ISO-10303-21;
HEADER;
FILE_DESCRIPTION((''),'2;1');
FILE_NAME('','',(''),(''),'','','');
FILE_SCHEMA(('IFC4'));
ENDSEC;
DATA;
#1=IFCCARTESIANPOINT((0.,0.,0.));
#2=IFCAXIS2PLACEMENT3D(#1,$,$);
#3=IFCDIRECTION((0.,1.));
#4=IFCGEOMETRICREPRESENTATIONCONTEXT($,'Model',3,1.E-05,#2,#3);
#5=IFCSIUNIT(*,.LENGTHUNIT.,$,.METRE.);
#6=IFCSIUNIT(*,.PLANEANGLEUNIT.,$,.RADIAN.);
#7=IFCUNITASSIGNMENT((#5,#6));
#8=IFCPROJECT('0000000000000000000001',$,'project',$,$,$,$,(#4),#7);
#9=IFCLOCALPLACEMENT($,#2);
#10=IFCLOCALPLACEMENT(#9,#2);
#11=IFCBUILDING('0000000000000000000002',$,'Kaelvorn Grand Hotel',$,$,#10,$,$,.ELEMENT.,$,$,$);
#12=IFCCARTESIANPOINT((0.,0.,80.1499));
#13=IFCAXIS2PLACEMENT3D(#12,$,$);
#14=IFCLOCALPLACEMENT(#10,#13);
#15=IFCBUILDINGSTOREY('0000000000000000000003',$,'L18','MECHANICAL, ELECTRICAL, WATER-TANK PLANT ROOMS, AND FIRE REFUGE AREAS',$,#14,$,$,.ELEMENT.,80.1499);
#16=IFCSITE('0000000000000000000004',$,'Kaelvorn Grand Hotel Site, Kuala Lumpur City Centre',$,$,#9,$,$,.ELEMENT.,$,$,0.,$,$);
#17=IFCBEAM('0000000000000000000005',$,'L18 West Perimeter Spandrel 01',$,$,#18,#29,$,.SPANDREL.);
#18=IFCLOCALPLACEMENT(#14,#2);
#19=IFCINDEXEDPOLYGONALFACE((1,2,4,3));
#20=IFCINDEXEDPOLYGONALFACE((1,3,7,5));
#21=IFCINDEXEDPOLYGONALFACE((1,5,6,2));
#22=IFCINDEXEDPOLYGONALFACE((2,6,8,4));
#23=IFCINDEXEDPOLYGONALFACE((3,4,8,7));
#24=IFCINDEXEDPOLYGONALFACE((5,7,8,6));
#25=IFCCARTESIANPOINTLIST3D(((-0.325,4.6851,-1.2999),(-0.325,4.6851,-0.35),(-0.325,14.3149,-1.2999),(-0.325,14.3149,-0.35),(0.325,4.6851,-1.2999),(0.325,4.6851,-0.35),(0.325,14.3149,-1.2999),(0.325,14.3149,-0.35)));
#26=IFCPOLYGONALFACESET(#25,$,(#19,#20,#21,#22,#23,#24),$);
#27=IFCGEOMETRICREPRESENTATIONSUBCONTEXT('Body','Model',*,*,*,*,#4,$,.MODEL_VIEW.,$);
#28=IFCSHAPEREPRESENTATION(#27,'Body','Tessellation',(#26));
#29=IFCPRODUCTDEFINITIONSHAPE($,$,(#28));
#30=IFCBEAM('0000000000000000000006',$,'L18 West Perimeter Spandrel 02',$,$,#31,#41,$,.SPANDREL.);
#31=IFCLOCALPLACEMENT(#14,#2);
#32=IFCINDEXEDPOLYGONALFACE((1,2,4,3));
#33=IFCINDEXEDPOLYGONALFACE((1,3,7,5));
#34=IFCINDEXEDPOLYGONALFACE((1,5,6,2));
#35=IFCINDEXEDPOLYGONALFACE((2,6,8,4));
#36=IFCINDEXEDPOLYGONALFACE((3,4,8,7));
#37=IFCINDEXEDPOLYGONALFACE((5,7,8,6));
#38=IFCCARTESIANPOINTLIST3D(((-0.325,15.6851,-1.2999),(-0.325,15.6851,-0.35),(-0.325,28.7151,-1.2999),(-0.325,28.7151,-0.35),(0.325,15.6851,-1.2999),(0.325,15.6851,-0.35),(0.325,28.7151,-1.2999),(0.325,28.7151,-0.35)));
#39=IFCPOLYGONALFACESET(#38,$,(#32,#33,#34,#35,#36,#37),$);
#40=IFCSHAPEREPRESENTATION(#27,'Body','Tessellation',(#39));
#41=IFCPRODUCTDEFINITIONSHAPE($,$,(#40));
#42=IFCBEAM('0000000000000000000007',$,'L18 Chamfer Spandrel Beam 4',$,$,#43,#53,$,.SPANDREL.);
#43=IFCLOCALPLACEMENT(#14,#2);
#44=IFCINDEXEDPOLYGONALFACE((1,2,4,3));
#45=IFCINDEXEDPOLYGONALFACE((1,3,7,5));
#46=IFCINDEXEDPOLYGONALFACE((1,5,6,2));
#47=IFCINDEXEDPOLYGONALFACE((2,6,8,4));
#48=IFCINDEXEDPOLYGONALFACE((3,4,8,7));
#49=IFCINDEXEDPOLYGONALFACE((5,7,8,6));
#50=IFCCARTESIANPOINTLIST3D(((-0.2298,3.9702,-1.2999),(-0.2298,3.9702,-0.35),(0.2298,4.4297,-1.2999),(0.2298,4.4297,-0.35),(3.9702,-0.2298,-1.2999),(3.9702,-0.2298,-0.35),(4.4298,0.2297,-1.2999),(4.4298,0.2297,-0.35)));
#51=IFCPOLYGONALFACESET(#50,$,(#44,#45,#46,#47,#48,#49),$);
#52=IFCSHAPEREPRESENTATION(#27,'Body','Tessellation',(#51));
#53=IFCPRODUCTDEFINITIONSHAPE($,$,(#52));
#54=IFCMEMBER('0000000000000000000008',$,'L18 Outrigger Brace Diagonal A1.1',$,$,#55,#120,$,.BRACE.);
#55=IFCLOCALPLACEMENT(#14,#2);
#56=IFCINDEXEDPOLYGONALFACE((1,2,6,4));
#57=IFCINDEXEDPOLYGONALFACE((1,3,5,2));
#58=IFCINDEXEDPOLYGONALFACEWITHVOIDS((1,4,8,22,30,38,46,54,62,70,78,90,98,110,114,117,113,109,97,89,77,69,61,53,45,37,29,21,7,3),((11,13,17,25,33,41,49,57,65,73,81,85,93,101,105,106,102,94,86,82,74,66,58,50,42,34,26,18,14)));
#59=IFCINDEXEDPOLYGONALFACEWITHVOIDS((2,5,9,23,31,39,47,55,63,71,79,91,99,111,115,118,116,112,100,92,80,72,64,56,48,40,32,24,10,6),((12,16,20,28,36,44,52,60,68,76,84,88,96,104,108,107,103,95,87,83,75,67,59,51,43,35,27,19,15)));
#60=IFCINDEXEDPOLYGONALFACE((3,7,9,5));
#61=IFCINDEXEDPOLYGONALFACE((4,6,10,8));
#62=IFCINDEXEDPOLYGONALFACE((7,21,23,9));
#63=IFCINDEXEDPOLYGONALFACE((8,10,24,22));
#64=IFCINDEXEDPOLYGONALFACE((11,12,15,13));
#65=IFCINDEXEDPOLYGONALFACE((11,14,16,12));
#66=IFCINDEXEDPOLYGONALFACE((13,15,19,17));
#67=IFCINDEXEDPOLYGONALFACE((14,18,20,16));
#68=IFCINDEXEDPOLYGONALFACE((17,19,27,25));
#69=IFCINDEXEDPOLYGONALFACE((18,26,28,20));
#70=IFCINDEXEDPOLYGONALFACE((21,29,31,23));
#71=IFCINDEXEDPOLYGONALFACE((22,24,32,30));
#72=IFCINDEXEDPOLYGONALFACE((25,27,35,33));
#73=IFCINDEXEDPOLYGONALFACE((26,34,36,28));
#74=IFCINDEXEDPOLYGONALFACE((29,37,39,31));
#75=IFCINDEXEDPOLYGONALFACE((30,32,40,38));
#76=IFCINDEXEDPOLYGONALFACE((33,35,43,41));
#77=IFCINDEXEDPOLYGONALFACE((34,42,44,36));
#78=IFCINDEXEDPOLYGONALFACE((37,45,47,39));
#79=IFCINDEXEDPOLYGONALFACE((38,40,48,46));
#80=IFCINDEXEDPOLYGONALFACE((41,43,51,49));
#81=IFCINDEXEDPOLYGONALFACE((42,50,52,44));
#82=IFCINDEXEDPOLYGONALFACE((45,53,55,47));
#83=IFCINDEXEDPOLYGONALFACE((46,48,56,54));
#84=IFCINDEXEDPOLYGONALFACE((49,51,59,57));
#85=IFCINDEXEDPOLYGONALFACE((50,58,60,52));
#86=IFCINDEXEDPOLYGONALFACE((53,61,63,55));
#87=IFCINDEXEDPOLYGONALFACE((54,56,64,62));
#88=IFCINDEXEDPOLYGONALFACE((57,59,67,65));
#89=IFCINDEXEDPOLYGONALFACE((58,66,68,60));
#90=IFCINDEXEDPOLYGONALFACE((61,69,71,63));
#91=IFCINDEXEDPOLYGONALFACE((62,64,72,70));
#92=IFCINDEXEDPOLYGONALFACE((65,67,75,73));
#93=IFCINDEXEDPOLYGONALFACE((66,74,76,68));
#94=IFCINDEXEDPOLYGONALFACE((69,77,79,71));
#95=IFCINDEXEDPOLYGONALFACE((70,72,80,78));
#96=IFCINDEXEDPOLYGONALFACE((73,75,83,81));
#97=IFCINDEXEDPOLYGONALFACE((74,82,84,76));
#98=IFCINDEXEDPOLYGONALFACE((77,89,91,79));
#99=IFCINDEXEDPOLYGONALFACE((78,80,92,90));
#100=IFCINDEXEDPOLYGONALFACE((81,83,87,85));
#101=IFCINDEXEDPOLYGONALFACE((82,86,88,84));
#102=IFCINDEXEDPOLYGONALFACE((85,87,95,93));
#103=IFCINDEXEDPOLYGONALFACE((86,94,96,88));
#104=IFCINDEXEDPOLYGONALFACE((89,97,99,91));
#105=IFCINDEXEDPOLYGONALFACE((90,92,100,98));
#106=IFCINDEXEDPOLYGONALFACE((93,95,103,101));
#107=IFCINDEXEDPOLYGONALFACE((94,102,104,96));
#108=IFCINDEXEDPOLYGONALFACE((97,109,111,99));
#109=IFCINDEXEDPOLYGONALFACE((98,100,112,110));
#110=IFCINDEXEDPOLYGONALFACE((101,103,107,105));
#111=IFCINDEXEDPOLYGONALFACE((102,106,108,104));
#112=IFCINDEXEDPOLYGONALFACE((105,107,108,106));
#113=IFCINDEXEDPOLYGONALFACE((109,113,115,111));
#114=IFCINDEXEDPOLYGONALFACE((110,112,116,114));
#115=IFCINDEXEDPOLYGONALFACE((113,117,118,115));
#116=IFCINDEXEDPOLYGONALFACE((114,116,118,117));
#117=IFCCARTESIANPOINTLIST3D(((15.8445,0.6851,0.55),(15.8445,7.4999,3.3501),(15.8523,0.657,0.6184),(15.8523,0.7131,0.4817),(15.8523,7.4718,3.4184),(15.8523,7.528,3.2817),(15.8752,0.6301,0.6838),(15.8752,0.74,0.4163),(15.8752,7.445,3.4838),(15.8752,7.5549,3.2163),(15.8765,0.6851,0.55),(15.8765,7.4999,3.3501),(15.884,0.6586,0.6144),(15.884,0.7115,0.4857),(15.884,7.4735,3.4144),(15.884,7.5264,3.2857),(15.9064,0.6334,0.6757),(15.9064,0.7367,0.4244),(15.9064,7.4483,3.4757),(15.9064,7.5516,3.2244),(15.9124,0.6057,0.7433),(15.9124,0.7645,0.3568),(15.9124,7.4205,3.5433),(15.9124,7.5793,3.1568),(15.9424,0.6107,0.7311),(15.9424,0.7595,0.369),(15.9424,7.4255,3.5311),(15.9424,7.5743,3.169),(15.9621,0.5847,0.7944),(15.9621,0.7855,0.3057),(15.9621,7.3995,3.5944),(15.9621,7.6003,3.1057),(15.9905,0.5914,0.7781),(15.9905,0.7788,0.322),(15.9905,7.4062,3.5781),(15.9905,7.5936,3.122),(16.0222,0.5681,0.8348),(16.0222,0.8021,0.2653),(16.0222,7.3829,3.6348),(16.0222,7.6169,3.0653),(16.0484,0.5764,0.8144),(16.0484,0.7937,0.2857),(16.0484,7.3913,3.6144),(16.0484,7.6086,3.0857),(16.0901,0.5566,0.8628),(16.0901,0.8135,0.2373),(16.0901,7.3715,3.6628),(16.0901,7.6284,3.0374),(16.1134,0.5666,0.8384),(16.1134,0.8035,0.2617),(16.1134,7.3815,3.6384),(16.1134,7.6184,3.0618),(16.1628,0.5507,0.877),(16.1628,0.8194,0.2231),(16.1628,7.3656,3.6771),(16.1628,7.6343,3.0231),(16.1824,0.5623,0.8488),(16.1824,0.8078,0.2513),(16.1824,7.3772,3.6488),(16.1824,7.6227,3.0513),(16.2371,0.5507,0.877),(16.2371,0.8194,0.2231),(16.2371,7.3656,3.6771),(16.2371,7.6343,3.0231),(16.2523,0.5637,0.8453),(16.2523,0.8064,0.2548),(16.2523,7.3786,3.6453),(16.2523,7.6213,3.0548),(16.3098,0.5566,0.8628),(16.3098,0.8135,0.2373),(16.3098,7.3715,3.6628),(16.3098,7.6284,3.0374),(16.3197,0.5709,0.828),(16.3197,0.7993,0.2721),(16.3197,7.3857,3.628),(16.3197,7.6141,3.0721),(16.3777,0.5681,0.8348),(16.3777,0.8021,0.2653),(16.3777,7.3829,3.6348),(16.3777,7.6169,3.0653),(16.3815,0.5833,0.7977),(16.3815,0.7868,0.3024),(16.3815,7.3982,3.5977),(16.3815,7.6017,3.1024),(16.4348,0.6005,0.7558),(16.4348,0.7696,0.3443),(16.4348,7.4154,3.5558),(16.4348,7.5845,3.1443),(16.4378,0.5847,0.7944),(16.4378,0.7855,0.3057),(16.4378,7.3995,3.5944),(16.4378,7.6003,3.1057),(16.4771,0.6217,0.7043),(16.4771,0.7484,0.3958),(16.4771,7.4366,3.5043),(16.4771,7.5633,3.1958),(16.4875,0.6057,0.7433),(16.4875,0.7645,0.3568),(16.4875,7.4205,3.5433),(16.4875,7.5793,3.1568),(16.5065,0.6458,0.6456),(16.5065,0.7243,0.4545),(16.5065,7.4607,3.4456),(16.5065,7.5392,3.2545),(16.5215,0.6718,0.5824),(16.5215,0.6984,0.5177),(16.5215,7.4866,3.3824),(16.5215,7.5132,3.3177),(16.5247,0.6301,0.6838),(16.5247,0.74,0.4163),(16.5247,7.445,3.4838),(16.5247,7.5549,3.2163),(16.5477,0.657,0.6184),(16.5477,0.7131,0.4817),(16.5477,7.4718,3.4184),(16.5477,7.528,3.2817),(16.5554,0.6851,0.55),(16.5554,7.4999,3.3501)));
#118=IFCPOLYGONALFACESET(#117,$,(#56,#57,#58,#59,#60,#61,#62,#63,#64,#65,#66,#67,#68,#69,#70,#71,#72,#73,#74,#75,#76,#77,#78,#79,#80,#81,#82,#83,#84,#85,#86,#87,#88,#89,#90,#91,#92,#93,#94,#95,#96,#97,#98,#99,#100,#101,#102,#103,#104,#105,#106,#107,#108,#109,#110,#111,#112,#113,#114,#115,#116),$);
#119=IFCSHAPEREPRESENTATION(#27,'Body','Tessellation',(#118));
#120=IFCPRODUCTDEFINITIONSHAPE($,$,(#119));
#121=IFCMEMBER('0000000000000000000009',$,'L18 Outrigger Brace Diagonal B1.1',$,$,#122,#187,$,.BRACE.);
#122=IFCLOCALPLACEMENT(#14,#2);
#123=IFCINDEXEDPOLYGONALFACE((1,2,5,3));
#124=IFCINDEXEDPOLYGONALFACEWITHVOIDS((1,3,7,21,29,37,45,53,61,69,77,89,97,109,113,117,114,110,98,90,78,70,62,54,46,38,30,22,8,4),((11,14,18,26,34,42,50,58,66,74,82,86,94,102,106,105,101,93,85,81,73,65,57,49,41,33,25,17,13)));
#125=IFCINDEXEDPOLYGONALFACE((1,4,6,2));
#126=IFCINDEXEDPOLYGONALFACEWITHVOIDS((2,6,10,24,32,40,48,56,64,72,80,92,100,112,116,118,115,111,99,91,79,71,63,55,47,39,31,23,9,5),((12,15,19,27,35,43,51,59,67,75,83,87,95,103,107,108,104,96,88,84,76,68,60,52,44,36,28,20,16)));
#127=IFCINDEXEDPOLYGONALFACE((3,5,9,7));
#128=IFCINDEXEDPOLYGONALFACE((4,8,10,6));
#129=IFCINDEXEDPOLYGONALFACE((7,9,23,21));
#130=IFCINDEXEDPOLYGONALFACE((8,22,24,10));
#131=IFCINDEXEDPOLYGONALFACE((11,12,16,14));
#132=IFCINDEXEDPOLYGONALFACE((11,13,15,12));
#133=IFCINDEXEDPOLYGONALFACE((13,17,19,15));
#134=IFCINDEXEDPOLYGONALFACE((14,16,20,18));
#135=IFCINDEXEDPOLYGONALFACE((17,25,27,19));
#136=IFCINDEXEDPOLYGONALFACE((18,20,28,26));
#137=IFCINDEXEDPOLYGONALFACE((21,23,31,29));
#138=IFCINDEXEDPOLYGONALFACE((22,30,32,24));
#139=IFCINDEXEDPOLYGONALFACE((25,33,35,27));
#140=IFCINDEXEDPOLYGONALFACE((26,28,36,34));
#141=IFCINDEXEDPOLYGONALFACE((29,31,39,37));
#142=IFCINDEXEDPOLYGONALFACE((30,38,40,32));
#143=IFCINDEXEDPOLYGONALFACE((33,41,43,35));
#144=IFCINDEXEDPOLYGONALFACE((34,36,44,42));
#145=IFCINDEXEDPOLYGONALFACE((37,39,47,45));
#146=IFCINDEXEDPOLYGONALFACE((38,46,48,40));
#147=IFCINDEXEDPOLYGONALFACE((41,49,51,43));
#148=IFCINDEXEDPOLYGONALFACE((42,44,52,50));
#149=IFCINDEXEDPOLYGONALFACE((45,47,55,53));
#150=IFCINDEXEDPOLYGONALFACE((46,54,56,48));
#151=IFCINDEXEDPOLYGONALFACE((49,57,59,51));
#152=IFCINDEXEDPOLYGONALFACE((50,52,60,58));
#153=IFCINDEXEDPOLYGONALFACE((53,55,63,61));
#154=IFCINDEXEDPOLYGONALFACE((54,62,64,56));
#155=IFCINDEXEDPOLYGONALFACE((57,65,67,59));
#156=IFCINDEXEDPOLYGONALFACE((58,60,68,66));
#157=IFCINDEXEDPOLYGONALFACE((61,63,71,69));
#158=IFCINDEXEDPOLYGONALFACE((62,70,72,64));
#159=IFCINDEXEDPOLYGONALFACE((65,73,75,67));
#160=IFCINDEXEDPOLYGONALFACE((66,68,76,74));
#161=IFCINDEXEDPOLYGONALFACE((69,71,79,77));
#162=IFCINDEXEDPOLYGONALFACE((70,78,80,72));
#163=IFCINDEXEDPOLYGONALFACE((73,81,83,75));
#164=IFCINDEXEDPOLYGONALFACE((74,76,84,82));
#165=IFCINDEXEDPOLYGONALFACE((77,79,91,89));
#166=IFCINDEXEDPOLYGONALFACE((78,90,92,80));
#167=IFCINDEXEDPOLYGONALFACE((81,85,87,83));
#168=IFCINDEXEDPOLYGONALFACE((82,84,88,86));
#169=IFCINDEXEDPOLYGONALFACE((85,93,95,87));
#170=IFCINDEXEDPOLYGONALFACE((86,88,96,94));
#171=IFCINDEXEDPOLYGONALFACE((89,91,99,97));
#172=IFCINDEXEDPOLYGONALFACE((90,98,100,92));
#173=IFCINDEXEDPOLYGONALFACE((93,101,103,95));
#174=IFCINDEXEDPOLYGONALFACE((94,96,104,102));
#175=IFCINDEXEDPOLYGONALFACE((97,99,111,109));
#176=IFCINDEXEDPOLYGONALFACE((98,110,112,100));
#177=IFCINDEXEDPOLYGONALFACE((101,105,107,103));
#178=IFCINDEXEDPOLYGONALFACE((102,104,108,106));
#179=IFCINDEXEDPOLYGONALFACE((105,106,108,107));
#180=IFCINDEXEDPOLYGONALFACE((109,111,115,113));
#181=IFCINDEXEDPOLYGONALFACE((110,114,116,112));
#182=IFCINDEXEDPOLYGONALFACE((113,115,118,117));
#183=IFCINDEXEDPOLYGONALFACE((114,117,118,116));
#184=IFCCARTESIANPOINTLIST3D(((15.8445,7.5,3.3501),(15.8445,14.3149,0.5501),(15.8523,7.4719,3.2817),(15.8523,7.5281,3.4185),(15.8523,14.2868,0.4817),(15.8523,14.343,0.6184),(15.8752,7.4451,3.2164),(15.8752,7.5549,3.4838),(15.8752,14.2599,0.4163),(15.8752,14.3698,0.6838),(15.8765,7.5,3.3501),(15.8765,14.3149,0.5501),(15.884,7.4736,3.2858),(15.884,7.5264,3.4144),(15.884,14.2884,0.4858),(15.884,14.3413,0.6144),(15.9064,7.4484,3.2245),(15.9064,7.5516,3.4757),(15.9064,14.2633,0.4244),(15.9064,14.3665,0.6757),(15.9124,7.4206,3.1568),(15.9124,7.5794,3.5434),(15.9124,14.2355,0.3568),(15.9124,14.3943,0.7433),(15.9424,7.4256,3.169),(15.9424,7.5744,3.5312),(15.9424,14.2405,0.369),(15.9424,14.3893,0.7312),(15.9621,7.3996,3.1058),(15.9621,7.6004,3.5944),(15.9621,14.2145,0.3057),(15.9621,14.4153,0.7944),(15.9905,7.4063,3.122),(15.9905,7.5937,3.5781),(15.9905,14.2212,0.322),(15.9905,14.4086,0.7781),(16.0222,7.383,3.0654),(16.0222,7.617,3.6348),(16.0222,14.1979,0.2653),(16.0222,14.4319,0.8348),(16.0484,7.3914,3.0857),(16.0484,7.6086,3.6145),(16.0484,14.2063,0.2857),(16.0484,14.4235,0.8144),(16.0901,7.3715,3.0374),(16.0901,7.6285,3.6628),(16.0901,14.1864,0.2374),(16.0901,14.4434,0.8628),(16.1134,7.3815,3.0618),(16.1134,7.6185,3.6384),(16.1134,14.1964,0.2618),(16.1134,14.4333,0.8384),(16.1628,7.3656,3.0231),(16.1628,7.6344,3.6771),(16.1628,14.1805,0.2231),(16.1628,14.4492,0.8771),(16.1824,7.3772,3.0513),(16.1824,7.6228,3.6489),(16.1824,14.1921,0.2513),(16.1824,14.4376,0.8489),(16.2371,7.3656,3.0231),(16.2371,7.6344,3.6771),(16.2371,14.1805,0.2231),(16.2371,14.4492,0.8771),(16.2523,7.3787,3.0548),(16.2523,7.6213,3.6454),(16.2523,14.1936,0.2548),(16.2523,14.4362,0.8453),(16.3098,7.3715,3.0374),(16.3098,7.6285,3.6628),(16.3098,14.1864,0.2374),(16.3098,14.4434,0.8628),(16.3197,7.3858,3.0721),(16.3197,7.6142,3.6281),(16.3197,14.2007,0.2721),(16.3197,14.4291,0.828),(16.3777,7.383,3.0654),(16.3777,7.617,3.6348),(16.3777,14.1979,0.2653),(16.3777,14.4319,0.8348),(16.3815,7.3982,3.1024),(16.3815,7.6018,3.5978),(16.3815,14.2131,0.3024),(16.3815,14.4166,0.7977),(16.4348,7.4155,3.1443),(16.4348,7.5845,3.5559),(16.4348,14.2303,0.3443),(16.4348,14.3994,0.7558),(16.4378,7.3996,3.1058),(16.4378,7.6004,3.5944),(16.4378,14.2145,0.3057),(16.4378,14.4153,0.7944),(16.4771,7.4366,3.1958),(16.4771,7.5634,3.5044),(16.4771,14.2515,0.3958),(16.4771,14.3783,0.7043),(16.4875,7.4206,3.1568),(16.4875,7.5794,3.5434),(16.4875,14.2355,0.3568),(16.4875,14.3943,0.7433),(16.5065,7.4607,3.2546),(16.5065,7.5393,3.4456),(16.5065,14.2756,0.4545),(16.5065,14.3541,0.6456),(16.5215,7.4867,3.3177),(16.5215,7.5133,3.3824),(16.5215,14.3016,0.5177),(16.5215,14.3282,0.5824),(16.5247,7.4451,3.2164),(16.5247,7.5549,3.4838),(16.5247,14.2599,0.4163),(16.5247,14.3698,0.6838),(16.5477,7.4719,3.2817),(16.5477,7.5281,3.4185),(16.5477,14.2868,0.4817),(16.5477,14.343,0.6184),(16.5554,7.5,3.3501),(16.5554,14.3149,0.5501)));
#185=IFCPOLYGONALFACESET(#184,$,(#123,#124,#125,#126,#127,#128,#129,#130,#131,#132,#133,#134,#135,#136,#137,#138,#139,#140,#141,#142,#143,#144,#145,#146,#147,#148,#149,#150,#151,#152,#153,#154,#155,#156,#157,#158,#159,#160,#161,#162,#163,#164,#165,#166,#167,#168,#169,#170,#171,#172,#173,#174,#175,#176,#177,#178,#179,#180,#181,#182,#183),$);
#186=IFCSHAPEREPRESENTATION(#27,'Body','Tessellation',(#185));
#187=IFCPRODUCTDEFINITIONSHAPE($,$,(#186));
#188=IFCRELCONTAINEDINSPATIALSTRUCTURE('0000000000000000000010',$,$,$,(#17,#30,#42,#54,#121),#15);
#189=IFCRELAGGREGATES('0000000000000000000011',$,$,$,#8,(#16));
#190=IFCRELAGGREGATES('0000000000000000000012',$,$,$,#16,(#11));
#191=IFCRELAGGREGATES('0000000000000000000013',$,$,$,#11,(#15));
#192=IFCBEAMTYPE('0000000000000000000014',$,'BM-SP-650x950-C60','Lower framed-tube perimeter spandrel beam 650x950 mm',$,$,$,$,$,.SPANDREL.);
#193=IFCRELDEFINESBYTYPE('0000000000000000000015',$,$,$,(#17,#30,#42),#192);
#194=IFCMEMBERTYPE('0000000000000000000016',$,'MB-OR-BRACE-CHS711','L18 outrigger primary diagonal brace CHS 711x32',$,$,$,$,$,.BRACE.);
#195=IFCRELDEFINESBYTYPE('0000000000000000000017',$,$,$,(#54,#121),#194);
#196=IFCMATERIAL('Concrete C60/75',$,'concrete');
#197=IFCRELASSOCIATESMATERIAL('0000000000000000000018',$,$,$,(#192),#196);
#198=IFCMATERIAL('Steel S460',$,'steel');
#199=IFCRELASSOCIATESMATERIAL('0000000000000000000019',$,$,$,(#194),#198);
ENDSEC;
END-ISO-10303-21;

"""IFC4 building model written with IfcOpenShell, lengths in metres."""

from ifc_helpers import new_model, si_unit, direction, frame, origin, origin_2d, place, context, subcontext, project, spatial, rectangle, hollow_circle, extrude, material, material_profile, profile_set, type_object, element, save


model = new_model("IFC4")

# Units and contexts
model_context = context("Model", 3, precision=1e-05, world=origin(), true_north=direction((0.0, 1.0)))
body_context = subcontext(model_context, "Body", "Model", "MODEL_VIEW")
ifc_project = project(units=[si_unit("LENGTHUNIT", "METRE"), si_unit("PLANEANGLEUNIT", "RADIAN")], contexts=[model_context])

# Site, building, storey
site_placement = place(None, origin())
site = spatial("IfcSite", under=ifc_project, at=site_placement, Name="Kaelvorn Grand Hotel Site, Kuala Lumpur City Centre", CompositionType="ELEMENT", RefElevation=0.0)
building_placement = place(site_placement, origin())
building = spatial("IfcBuilding", under=site, at=building_placement, Name="Kaelvorn Grand Hotel", CompositionType="ELEMENT")
storey_placement = place(building_placement, frame((0.0, 0.0, 80.1499)))
storey = spatial("IfcBuildingStorey", under=building, at=storey_placement, Name="L18", Description="MECHANICAL, ELECTRICAL, WATER-TANK PLANT ROOMS, AND FIRE REFUGE AREAS", CompositionType="ELEMENT", Elevation=80.1499)

# Beams
ifc_material_1 = material(Name="Steel S460", Category="steel")
ifc_material_2 = material(Name="Concrete C60/75", Category="concrete")
ifc_material_profile_1 = material_profile(ifc_material_2, rectangle(XDim=0.6499, YDim=0.95, at=origin_2d()), Name="RC SPANDREL 650x950")
ifc_profile_set_1 = profile_set([ifc_material_profile_1], Name="Concrete C60/75")
beam_type_1 = type_object("IfcBeamType", Name="BM-SP-650x950-C60", Description="Lower framed-tube perimeter spandrel beam 650x950 mm", PredefinedType="SPANDREL", material=ifc_profile_set_1)
beam_1_placement = place(storey_placement, frame((0.0, 4.6851, -0.825), z_axis=(0.0, 1.0, 0.0), x_axis=(-1.0, 0.0, 0.0)))
element("IfcBeam", 1, at=beam_1_placement, inside=storey, type_object=beam_type_1, Name="L18 West Perimeter Spandrel 01", PredefinedType="SPANDREL", context=body_context, shape_type="SweptSolid", body=[
    extrude(rectangle(XDim=0.6499, YDim=0.95, at=origin_2d()), origin(), (0.0, 0.0, 1.0), 9.6299),
])
beam_2_placement = place(storey_placement, frame((0.0, 15.6851, -0.825), z_axis=(0.0, 1.0, 0.0), x_axis=(-1.0, 0.0, 0.0)))
element("IfcBeam", 2, at=beam_2_placement, inside=storey, type_object=beam_type_1, Name="L18 West Perimeter Spandrel 02", PredefinedType="SPANDREL", context=body_context, shape_type="SweptSolid", body=[
    extrude(rectangle(XDim=0.6499, YDim=0.95, at=origin_2d()), origin(), (0.0, 0.0, 1.0), 13.03),
])
beam_3_placement = place(storey_placement, frame((0.0, 4.2, -0.825), z_axis=(0.707107, -0.707107, 0.0), x_axis=(0.707107, 0.707107, 0.0)))
element("IfcBeam", 3, at=beam_3_placement, inside=storey, type_object=beam_type_1, Name="L18 Chamfer Spandrel Beam 4", PredefinedType="SPANDREL", context=body_context, shape_type="SweptSolid", body=[
    extrude(rectangle(XDim=0.6499, YDim=0.95, at=origin_2d()), origin(), (0.0, 0.0, 1.0), 5.9397),
])

# Members
ifc_material_profile_2 = material_profile(ifc_material_1, hollow_circle(Radius=0.3555, WallThickness=0.032, at=origin_2d()), Name="CHS 711.0x32.0")
ifc_profile_set_2 = profile_set([ifc_material_profile_2], Name="Steel S460")
member_type_1 = type_object("IfcMemberType", Name="MB-OR-BRACE-CHS711", Description="L18 outrigger primary diagonal brace CHS 711x32", PredefinedType="BRACE", material=ifc_profile_set_2)
for number, where, z_axis, x_axis, name in (
    (4, (16.2, 0.6851, 0.55), (0.0, 0.924969, 0.380041), (-1.0, 0.0, 0.0), "L18 Outrigger Brace Diagonal A1.1"),
    (5, (16.2, 7.5, 3.3501), (0.0, 0.924969, -0.380041), (-1.0, 0.0, 0.0), "L18 Outrigger Brace Diagonal B1.1"),
):
    element("IfcMember", number, at=place(storey_placement, frame(where, z_axis=z_axis, x_axis=x_axis)), inside=storey, type_object=member_type_1, Name=name, PredefinedType="BRACE", context=body_context, shape_type="SweptSolid", body=[
        extrude(hollow_circle(Radius=0.3555, WallThickness=0.032, at=origin_2d()), origin(), (0.0, 0.0, 1.0), 7.3677),
    ])

save(model, "model.ifc")
